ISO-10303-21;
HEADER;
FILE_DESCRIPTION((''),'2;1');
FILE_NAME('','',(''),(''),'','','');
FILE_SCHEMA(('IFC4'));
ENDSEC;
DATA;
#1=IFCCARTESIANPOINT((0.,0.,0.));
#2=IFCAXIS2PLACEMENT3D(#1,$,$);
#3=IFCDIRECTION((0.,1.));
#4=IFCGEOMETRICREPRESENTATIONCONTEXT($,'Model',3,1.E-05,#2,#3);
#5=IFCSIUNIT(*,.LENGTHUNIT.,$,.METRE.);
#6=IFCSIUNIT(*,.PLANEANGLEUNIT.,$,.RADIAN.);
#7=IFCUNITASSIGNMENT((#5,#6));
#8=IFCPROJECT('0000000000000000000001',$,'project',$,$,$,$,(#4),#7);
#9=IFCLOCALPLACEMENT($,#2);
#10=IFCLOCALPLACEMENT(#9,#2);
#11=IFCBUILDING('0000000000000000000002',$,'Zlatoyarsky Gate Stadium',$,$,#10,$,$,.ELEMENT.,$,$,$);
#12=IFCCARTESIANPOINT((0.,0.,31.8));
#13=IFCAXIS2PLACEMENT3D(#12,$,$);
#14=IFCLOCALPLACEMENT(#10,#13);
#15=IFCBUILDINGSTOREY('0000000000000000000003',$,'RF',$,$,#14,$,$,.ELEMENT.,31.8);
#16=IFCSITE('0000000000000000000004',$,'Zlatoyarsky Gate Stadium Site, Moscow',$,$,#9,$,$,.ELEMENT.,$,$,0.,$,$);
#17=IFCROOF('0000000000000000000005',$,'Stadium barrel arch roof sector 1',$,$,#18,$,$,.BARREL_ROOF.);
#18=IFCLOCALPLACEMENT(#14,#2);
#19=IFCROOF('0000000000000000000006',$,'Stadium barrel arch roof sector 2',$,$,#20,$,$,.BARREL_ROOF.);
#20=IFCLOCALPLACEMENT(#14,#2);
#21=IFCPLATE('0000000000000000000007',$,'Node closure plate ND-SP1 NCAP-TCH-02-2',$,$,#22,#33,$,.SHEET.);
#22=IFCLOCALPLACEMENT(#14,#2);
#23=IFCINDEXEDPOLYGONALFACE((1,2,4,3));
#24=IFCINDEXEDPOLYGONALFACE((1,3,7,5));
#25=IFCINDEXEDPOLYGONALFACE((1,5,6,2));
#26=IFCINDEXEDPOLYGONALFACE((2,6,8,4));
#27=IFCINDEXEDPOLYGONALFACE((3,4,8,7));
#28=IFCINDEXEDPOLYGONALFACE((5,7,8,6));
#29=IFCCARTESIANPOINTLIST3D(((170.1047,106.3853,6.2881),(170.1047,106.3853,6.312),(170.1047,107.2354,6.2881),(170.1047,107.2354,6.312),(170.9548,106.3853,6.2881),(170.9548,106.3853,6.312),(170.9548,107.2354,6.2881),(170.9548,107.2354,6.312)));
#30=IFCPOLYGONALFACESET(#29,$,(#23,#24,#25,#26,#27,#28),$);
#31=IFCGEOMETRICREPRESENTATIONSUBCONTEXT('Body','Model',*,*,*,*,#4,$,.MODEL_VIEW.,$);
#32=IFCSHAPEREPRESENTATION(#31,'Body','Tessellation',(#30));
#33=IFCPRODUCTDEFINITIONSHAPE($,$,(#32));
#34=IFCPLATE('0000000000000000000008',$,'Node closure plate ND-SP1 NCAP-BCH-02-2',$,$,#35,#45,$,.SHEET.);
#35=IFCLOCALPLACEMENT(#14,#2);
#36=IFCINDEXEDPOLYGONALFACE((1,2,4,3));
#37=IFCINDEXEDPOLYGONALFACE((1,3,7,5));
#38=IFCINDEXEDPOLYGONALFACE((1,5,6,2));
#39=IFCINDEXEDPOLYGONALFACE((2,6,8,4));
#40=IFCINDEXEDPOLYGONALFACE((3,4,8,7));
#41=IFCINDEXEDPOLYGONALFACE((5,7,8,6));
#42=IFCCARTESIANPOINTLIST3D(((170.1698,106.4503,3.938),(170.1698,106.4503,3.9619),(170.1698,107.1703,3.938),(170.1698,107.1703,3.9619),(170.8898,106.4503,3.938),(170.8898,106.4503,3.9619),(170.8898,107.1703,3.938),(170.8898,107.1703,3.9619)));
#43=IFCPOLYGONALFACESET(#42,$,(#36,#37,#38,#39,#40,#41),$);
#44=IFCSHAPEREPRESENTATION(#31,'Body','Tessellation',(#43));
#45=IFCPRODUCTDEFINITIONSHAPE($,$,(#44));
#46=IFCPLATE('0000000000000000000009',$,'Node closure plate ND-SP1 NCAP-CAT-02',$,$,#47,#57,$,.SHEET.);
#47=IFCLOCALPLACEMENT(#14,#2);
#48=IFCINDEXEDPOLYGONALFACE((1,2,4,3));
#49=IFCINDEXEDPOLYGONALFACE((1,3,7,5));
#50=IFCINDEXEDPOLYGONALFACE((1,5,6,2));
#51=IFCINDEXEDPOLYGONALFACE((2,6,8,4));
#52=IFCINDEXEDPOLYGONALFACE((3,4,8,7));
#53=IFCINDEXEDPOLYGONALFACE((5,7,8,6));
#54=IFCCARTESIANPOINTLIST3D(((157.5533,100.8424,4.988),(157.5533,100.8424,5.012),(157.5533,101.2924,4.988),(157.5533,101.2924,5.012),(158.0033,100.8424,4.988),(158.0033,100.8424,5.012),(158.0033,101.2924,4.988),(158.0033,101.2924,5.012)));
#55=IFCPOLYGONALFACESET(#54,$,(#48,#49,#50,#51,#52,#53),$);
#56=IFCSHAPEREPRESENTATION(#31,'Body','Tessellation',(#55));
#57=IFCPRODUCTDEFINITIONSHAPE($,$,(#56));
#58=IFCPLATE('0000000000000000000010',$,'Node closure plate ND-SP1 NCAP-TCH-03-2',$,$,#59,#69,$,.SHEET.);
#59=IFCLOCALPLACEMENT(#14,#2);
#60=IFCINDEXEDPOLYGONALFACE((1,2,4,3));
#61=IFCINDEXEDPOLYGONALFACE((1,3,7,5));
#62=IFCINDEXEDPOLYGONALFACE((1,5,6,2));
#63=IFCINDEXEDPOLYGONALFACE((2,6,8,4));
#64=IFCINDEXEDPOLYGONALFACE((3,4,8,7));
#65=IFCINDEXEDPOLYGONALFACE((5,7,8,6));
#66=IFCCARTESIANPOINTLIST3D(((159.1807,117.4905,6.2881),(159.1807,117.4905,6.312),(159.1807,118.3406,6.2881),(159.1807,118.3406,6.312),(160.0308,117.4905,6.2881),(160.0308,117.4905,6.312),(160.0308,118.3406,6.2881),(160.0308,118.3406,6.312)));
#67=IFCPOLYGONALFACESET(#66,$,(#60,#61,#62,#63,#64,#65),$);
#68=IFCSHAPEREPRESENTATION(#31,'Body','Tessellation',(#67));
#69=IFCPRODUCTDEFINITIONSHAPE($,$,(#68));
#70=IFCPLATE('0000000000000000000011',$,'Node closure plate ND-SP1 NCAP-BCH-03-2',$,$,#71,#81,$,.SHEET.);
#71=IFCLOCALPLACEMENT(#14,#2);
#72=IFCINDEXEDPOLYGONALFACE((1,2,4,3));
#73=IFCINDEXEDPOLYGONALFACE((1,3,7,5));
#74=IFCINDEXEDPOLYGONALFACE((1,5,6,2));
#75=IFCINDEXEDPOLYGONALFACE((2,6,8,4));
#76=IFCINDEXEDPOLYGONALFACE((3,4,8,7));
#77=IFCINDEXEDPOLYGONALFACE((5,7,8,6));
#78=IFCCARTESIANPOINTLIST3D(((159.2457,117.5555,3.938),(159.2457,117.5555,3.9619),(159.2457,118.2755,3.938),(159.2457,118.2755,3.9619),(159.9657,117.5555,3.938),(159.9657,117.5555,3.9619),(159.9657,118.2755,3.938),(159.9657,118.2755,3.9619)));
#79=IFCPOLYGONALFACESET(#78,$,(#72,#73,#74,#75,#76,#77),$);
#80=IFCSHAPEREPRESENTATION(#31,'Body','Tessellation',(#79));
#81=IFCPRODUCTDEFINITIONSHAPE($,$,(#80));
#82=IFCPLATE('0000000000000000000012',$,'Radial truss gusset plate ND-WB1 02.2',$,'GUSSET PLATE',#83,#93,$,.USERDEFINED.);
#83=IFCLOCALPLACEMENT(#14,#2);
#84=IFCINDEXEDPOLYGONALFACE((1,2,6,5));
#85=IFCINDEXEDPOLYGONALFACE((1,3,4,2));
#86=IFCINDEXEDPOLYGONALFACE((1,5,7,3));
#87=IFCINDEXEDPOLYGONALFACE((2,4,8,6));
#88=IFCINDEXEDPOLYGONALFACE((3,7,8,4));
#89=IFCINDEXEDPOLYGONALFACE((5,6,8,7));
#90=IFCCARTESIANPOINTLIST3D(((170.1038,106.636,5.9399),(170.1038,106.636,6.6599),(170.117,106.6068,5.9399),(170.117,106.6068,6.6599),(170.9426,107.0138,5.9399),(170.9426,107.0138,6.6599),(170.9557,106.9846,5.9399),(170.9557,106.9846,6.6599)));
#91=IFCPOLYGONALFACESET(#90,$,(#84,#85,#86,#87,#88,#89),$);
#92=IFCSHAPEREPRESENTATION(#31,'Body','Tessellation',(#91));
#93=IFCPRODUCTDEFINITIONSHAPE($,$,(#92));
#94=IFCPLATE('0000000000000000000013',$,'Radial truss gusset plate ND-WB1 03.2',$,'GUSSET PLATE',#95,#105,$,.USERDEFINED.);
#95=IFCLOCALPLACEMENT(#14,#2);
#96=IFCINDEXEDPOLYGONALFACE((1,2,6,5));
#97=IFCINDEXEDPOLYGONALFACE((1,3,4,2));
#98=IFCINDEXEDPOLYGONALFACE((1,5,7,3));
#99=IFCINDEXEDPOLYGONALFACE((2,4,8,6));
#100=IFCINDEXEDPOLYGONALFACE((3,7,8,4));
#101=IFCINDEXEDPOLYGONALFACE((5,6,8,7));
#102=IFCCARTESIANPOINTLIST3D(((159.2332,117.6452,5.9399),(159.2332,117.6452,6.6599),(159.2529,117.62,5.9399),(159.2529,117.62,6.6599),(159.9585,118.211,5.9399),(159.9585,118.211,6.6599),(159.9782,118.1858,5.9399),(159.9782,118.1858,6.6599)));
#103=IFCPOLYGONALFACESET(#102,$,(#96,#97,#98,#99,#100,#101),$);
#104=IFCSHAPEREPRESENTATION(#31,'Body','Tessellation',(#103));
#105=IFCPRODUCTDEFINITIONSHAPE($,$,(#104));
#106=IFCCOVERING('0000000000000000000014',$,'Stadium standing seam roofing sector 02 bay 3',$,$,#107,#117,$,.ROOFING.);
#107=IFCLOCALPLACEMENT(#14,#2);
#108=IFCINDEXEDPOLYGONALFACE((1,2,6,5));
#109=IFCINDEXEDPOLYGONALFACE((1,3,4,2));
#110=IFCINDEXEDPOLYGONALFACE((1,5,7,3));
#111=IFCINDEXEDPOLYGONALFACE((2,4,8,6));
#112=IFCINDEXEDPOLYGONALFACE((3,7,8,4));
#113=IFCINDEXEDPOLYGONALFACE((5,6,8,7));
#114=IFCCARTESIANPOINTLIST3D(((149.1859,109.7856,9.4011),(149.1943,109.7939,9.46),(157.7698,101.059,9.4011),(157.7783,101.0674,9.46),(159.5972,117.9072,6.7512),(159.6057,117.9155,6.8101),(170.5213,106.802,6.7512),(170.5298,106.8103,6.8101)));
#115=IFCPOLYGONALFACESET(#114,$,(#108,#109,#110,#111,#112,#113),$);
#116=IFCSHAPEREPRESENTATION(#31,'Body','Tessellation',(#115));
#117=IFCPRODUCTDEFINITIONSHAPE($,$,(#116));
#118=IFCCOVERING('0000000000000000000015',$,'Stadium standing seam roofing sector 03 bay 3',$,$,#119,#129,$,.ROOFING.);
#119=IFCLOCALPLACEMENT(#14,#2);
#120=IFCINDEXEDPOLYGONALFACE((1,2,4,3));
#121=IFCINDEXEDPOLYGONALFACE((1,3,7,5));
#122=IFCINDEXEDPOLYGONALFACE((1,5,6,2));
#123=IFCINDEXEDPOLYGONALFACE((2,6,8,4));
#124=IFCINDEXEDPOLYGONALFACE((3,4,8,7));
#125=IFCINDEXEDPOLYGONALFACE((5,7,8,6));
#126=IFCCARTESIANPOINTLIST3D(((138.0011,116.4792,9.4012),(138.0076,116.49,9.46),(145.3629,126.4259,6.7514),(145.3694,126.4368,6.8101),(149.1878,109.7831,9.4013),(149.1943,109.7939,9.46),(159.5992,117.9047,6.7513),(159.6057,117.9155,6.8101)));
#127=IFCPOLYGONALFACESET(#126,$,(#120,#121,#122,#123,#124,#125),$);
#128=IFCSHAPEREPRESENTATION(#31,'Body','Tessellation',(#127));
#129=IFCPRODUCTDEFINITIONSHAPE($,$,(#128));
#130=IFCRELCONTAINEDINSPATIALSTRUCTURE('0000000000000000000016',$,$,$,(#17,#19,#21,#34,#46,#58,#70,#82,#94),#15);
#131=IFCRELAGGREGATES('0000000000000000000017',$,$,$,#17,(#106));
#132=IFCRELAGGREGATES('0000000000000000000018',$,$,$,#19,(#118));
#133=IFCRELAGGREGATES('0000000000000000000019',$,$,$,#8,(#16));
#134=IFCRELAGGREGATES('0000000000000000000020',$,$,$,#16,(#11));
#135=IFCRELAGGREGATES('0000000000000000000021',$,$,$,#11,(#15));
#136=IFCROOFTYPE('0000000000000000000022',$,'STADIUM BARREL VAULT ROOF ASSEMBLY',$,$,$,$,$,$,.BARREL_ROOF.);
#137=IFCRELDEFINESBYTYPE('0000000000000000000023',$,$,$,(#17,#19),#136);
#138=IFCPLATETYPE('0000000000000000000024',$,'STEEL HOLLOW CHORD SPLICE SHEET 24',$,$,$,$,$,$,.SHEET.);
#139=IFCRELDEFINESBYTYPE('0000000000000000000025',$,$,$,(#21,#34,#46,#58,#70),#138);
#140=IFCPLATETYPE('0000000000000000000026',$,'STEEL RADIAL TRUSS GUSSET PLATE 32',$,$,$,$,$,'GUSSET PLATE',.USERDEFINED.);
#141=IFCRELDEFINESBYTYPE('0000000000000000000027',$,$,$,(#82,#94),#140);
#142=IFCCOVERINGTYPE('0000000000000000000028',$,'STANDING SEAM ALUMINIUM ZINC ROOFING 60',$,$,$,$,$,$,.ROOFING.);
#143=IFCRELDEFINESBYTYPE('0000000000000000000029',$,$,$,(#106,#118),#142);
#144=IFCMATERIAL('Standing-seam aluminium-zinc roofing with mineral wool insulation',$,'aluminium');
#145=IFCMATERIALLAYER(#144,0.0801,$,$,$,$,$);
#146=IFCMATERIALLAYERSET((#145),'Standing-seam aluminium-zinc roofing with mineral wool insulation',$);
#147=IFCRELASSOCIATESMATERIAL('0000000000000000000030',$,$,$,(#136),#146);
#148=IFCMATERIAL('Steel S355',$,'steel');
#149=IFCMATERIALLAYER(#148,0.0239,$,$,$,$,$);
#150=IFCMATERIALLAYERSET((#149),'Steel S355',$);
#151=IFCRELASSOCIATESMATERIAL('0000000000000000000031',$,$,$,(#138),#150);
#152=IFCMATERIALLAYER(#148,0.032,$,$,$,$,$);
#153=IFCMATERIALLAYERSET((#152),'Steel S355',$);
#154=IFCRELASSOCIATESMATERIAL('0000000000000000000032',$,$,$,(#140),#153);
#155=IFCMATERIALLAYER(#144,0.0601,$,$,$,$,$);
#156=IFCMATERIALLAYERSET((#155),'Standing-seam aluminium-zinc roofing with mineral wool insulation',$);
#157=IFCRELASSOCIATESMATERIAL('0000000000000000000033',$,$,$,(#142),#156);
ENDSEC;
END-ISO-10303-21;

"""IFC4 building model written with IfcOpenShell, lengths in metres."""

from ifc_helpers import new_model, si_unit, direction, frame, origin, origin_2d, place, context, subcontext, project, spatial, polyline, rectangle, outline, extrude, material, layer, layer_set, type_object, element, aggregate, save


model = new_model("IFC4")

# Units and contexts
model_context = context("Model", 3, precision=1e-05, world=origin(), true_north=direction((0.0, 1.0)))
body_context = subcontext(model_context, "Body", "Model", "MODEL_VIEW")
ifc_project = project(units=[si_unit("LENGTHUNIT", "METRE"), si_unit("PLANEANGLEUNIT", "RADIAN")], contexts=[model_context])

# Site, building, storey
site_placement = place(None, origin())
site = spatial("IfcSite", under=ifc_project, at=site_placement, Name="Zlatoyarsky Gate Stadium Site, Moscow", CompositionType="ELEMENT", RefElevation=0.0)
building_placement = place(site_placement, origin())
building = spatial("IfcBuilding", under=site, at=building_placement, Name="Zlatoyarsky Gate Stadium", CompositionType="ELEMENT")
storey_placement = place(building_placement, frame((0.0, 0.0, 31.8)))
storey = spatial("IfcBuildingStorey", under=building, at=storey_placement, Name="RF", CompositionType="ELEMENT", Elevation=31.8)

# Shared definitions
ifc_material_1 = material(Name="Steel S355", Category="steel")

# Roofs
ifc_material_2 = material(Name="Standing-seam aluminium-zinc roofing with mineral wool insulation", Category="aluminium")
ifc_layer_1 = layer(ifc_material_2, 0.0801)
ifc_layer_set_1 = layer_set([ifc_layer_1], Name="Standing-seam aluminium-zinc roofing with mineral wool insulation")
roof_type = type_object("IfcRoofType", Name="STADIUM BARREL VAULT ROOF ASSEMBLY", PredefinedType="BARREL_ROOF", material=ifc_layer_set_1)
roof_1_placement = place(storey_placement, origin())
roof_1 = element("IfcRoof", 1, at=roof_1_placement, inside=storey, type_object=roof_type, Name="Stadium barrel arch roof sector 1", PredefinedType="BARREL_ROOF")
roof_2_placement = place(storey_placement, origin())
roof_2 = element("IfcRoof", 2, at=roof_2_placement, inside=storey, type_object=roof_type, Name="Stadium barrel arch roof sector 2", PredefinedType="BARREL_ROOF")

# Plates
ifc_layer_2 = layer(ifc_material_1, 0.0239)
ifc_layer_set_2 = layer_set([ifc_layer_2], Name="Steel S355")
plate_type_1 = type_object("IfcPlateType", Name="STEEL HOLLOW CHORD SPLICE SHEET 24", PredefinedType="SHEET", material=ifc_layer_set_2)
plate_1_placement = place(storey_placement, frame((170.5298, 106.8103, 6.2881), z_axis=(0.0, 0.0, 1.0), x_axis=(1.0, 0.0, 0.0)))
element("IfcPlate", 3, at=plate_1_placement, inside=storey, type_object=plate_type_1, Name="Node closure plate ND-SP1 NCAP-TCH-02-2", PredefinedType="SHEET", context=body_context, shape_type="SweptSolid", body=[
    extrude(rectangle(XDim=0.8501, YDim=0.8501, at=origin_2d()), origin(), (0.0, 0.0, 1.0), 0.0239),
])
plate_2_placement = place(storey_placement, frame((170.5298, 106.8103, 3.938), z_axis=(0.0, 0.0, 1.0), x_axis=(1.0, 0.0, 0.0)))
element("IfcPlate", 4, at=plate_2_placement, inside=storey, type_object=plate_type_1, Name="Node closure plate ND-SP1 NCAP-BCH-02-2", PredefinedType="SHEET", context=body_context, shape_type="SweptSolid", body=[
    extrude(rectangle(XDim=0.72, YDim=0.72, at=origin_2d()), origin(), (0.0, 0.0, 1.0), 0.0239),
])
plate_3_placement = place(storey_placement, frame((157.7783, 101.0674, 4.988), z_axis=(0.0, 0.0, 1.0), x_axis=(1.0, 0.0, 0.0)))
element("IfcPlate", 5, at=plate_3_placement, inside=storey, type_object=plate_type_1, Name="Node closure plate ND-SP1 NCAP-CAT-02", PredefinedType="SHEET", context=body_context, shape_type="SweptSolid", body=[
    extrude(rectangle(XDim=0.45, YDim=0.45, at=origin_2d()), origin(), (0.0, 0.0, 1.0), 0.0239),
])
plate_4_placement = place(storey_placement, frame((159.6057, 117.9155, 6.2881), z_axis=(0.0, 0.0, 1.0), x_axis=(1.0, 0.0, 0.0)))
element("IfcPlate", 6, at=plate_4_placement, inside=storey, type_object=plate_type_1, Name="Node closure plate ND-SP1 NCAP-TCH-03-2", PredefinedType="SHEET", context=body_context, shape_type="SweptSolid", body=[
    extrude(rectangle(XDim=0.8501, YDim=0.8501, at=origin_2d()), origin(), (0.0, 0.0, 1.0), 0.0239),
])
plate_5_placement = place(storey_placement, frame((159.6057, 117.9155, 3.938), z_axis=(0.0, 0.0, 1.0), x_axis=(1.0, 0.0, 0.0)))
element("IfcPlate", 7, at=plate_5_placement, inside=storey, type_object=plate_type_1, Name="Node closure plate ND-SP1 NCAP-BCH-03-2", PredefinedType="SHEET", context=body_context, shape_type="SweptSolid", body=[
    extrude(rectangle(XDim=0.72, YDim=0.72, at=origin_2d()), origin(), (0.0, 0.0, 1.0), 0.0239),
])
ifc_layer_3 = layer(ifc_material_1, 0.032)
ifc_layer_set_3 = layer_set([ifc_layer_3], Name="Steel S355")
plate_type_2 = type_object("IfcPlateType", Name="STEEL RADIAL TRUSS GUSSET PLATE 32", ElementType="GUSSET PLATE", PredefinedType="USERDEFINED", material=ifc_layer_set_3)
for number, where, z_axis, x_axis, name in (
    (8, (170.5298, 106.8103, 5.9399), (0.0, 0.0, 1.0), (-0.911796, -0.410644, 0.0), "Radial truss gusset plate ND-WB1 02.2"),
    (9, (159.6057, 117.9155, 5.9399), (0.0, 0.0, 1.0), (-0.788479, -0.615062, 0.0), "Radial truss gusset plate ND-WB1 03.2"),
):
    element("IfcPlate", number, at=place(storey_placement, frame(where, z_axis=z_axis, x_axis=x_axis)), inside=storey, type_object=plate_type_2, Name=name, ObjectType="GUSSET PLATE", PredefinedType="USERDEFINED", context=body_context, shape_type="SweptSolid", body=[
        extrude(rectangle(XDim=0.9199, YDim=0.032, at=origin_2d()), origin(), (0.0, 0.0, 1.0), 0.72),
    ])

# Coverings
ifc_layer_4 = layer(ifc_material_2, 0.0601)
ifc_layer_set_4 = layer_set([ifc_layer_4], Name="Standing-seam aluminium-zinc roofing with mineral wool insulation")
covering_type = type_object("IfcCoveringType", Name="STANDING SEAM ALUMINIUM ZINC ROOFING 60", PredefinedType="ROOFING", material=ifc_layer_set_4)
covering_1_placement = place(storey_placement, frame((170.5298, 106.8103, 6.8101), z_axis=(0.141161, 0.138857, 0.9802), x_axis=(-0.701268, 0.712898, 0.000001)))
covering_1 = element("IfcCovering", 10, at=covering_1_placement, type_object=covering_type, Name="Stadium standing seam roofing sector 02 bay 3", PredefinedType="ROOFING", context=body_context, shape_type="SweptSolid", body=[
    extrude(outline(polyline([(0.0, 0.0), (15.5776, 0.0), (17.0889, 13.3826), (4.8481, 13.3828), (0.0, 0.0)])), origin(), (0.0, 0.0, -1.0), 0.0601),
])
aggregate(roof_1, [covering_1])
covering_2_placement = place(storey_placement, frame((159.6057, 117.9155, 6.8101), z_axis=(0.108033, 0.180488, 0.977626), x_axis=(-0.858039, 0.513585, 0.000001)))
covering_2 = element("IfcCovering", 11, at=covering_2_placement, type_object=covering_type, Name="Stadium standing seam roofing sector 03 bay 3", PredefinedType="ROOFING", context=body_context, shape_type="SweptSolid", body=[
    extrude(outline(polyline([(0.0, 0.0), (16.5917, 0.0), (17.7999, 12.5975), (4.7622, 12.5976), (0.0, 0.0)])), origin(), (0.0, 0.0, -1.0), 0.0601),
])
aggregate(roof_2, [covering_2])

save(model, "model.ifc")
